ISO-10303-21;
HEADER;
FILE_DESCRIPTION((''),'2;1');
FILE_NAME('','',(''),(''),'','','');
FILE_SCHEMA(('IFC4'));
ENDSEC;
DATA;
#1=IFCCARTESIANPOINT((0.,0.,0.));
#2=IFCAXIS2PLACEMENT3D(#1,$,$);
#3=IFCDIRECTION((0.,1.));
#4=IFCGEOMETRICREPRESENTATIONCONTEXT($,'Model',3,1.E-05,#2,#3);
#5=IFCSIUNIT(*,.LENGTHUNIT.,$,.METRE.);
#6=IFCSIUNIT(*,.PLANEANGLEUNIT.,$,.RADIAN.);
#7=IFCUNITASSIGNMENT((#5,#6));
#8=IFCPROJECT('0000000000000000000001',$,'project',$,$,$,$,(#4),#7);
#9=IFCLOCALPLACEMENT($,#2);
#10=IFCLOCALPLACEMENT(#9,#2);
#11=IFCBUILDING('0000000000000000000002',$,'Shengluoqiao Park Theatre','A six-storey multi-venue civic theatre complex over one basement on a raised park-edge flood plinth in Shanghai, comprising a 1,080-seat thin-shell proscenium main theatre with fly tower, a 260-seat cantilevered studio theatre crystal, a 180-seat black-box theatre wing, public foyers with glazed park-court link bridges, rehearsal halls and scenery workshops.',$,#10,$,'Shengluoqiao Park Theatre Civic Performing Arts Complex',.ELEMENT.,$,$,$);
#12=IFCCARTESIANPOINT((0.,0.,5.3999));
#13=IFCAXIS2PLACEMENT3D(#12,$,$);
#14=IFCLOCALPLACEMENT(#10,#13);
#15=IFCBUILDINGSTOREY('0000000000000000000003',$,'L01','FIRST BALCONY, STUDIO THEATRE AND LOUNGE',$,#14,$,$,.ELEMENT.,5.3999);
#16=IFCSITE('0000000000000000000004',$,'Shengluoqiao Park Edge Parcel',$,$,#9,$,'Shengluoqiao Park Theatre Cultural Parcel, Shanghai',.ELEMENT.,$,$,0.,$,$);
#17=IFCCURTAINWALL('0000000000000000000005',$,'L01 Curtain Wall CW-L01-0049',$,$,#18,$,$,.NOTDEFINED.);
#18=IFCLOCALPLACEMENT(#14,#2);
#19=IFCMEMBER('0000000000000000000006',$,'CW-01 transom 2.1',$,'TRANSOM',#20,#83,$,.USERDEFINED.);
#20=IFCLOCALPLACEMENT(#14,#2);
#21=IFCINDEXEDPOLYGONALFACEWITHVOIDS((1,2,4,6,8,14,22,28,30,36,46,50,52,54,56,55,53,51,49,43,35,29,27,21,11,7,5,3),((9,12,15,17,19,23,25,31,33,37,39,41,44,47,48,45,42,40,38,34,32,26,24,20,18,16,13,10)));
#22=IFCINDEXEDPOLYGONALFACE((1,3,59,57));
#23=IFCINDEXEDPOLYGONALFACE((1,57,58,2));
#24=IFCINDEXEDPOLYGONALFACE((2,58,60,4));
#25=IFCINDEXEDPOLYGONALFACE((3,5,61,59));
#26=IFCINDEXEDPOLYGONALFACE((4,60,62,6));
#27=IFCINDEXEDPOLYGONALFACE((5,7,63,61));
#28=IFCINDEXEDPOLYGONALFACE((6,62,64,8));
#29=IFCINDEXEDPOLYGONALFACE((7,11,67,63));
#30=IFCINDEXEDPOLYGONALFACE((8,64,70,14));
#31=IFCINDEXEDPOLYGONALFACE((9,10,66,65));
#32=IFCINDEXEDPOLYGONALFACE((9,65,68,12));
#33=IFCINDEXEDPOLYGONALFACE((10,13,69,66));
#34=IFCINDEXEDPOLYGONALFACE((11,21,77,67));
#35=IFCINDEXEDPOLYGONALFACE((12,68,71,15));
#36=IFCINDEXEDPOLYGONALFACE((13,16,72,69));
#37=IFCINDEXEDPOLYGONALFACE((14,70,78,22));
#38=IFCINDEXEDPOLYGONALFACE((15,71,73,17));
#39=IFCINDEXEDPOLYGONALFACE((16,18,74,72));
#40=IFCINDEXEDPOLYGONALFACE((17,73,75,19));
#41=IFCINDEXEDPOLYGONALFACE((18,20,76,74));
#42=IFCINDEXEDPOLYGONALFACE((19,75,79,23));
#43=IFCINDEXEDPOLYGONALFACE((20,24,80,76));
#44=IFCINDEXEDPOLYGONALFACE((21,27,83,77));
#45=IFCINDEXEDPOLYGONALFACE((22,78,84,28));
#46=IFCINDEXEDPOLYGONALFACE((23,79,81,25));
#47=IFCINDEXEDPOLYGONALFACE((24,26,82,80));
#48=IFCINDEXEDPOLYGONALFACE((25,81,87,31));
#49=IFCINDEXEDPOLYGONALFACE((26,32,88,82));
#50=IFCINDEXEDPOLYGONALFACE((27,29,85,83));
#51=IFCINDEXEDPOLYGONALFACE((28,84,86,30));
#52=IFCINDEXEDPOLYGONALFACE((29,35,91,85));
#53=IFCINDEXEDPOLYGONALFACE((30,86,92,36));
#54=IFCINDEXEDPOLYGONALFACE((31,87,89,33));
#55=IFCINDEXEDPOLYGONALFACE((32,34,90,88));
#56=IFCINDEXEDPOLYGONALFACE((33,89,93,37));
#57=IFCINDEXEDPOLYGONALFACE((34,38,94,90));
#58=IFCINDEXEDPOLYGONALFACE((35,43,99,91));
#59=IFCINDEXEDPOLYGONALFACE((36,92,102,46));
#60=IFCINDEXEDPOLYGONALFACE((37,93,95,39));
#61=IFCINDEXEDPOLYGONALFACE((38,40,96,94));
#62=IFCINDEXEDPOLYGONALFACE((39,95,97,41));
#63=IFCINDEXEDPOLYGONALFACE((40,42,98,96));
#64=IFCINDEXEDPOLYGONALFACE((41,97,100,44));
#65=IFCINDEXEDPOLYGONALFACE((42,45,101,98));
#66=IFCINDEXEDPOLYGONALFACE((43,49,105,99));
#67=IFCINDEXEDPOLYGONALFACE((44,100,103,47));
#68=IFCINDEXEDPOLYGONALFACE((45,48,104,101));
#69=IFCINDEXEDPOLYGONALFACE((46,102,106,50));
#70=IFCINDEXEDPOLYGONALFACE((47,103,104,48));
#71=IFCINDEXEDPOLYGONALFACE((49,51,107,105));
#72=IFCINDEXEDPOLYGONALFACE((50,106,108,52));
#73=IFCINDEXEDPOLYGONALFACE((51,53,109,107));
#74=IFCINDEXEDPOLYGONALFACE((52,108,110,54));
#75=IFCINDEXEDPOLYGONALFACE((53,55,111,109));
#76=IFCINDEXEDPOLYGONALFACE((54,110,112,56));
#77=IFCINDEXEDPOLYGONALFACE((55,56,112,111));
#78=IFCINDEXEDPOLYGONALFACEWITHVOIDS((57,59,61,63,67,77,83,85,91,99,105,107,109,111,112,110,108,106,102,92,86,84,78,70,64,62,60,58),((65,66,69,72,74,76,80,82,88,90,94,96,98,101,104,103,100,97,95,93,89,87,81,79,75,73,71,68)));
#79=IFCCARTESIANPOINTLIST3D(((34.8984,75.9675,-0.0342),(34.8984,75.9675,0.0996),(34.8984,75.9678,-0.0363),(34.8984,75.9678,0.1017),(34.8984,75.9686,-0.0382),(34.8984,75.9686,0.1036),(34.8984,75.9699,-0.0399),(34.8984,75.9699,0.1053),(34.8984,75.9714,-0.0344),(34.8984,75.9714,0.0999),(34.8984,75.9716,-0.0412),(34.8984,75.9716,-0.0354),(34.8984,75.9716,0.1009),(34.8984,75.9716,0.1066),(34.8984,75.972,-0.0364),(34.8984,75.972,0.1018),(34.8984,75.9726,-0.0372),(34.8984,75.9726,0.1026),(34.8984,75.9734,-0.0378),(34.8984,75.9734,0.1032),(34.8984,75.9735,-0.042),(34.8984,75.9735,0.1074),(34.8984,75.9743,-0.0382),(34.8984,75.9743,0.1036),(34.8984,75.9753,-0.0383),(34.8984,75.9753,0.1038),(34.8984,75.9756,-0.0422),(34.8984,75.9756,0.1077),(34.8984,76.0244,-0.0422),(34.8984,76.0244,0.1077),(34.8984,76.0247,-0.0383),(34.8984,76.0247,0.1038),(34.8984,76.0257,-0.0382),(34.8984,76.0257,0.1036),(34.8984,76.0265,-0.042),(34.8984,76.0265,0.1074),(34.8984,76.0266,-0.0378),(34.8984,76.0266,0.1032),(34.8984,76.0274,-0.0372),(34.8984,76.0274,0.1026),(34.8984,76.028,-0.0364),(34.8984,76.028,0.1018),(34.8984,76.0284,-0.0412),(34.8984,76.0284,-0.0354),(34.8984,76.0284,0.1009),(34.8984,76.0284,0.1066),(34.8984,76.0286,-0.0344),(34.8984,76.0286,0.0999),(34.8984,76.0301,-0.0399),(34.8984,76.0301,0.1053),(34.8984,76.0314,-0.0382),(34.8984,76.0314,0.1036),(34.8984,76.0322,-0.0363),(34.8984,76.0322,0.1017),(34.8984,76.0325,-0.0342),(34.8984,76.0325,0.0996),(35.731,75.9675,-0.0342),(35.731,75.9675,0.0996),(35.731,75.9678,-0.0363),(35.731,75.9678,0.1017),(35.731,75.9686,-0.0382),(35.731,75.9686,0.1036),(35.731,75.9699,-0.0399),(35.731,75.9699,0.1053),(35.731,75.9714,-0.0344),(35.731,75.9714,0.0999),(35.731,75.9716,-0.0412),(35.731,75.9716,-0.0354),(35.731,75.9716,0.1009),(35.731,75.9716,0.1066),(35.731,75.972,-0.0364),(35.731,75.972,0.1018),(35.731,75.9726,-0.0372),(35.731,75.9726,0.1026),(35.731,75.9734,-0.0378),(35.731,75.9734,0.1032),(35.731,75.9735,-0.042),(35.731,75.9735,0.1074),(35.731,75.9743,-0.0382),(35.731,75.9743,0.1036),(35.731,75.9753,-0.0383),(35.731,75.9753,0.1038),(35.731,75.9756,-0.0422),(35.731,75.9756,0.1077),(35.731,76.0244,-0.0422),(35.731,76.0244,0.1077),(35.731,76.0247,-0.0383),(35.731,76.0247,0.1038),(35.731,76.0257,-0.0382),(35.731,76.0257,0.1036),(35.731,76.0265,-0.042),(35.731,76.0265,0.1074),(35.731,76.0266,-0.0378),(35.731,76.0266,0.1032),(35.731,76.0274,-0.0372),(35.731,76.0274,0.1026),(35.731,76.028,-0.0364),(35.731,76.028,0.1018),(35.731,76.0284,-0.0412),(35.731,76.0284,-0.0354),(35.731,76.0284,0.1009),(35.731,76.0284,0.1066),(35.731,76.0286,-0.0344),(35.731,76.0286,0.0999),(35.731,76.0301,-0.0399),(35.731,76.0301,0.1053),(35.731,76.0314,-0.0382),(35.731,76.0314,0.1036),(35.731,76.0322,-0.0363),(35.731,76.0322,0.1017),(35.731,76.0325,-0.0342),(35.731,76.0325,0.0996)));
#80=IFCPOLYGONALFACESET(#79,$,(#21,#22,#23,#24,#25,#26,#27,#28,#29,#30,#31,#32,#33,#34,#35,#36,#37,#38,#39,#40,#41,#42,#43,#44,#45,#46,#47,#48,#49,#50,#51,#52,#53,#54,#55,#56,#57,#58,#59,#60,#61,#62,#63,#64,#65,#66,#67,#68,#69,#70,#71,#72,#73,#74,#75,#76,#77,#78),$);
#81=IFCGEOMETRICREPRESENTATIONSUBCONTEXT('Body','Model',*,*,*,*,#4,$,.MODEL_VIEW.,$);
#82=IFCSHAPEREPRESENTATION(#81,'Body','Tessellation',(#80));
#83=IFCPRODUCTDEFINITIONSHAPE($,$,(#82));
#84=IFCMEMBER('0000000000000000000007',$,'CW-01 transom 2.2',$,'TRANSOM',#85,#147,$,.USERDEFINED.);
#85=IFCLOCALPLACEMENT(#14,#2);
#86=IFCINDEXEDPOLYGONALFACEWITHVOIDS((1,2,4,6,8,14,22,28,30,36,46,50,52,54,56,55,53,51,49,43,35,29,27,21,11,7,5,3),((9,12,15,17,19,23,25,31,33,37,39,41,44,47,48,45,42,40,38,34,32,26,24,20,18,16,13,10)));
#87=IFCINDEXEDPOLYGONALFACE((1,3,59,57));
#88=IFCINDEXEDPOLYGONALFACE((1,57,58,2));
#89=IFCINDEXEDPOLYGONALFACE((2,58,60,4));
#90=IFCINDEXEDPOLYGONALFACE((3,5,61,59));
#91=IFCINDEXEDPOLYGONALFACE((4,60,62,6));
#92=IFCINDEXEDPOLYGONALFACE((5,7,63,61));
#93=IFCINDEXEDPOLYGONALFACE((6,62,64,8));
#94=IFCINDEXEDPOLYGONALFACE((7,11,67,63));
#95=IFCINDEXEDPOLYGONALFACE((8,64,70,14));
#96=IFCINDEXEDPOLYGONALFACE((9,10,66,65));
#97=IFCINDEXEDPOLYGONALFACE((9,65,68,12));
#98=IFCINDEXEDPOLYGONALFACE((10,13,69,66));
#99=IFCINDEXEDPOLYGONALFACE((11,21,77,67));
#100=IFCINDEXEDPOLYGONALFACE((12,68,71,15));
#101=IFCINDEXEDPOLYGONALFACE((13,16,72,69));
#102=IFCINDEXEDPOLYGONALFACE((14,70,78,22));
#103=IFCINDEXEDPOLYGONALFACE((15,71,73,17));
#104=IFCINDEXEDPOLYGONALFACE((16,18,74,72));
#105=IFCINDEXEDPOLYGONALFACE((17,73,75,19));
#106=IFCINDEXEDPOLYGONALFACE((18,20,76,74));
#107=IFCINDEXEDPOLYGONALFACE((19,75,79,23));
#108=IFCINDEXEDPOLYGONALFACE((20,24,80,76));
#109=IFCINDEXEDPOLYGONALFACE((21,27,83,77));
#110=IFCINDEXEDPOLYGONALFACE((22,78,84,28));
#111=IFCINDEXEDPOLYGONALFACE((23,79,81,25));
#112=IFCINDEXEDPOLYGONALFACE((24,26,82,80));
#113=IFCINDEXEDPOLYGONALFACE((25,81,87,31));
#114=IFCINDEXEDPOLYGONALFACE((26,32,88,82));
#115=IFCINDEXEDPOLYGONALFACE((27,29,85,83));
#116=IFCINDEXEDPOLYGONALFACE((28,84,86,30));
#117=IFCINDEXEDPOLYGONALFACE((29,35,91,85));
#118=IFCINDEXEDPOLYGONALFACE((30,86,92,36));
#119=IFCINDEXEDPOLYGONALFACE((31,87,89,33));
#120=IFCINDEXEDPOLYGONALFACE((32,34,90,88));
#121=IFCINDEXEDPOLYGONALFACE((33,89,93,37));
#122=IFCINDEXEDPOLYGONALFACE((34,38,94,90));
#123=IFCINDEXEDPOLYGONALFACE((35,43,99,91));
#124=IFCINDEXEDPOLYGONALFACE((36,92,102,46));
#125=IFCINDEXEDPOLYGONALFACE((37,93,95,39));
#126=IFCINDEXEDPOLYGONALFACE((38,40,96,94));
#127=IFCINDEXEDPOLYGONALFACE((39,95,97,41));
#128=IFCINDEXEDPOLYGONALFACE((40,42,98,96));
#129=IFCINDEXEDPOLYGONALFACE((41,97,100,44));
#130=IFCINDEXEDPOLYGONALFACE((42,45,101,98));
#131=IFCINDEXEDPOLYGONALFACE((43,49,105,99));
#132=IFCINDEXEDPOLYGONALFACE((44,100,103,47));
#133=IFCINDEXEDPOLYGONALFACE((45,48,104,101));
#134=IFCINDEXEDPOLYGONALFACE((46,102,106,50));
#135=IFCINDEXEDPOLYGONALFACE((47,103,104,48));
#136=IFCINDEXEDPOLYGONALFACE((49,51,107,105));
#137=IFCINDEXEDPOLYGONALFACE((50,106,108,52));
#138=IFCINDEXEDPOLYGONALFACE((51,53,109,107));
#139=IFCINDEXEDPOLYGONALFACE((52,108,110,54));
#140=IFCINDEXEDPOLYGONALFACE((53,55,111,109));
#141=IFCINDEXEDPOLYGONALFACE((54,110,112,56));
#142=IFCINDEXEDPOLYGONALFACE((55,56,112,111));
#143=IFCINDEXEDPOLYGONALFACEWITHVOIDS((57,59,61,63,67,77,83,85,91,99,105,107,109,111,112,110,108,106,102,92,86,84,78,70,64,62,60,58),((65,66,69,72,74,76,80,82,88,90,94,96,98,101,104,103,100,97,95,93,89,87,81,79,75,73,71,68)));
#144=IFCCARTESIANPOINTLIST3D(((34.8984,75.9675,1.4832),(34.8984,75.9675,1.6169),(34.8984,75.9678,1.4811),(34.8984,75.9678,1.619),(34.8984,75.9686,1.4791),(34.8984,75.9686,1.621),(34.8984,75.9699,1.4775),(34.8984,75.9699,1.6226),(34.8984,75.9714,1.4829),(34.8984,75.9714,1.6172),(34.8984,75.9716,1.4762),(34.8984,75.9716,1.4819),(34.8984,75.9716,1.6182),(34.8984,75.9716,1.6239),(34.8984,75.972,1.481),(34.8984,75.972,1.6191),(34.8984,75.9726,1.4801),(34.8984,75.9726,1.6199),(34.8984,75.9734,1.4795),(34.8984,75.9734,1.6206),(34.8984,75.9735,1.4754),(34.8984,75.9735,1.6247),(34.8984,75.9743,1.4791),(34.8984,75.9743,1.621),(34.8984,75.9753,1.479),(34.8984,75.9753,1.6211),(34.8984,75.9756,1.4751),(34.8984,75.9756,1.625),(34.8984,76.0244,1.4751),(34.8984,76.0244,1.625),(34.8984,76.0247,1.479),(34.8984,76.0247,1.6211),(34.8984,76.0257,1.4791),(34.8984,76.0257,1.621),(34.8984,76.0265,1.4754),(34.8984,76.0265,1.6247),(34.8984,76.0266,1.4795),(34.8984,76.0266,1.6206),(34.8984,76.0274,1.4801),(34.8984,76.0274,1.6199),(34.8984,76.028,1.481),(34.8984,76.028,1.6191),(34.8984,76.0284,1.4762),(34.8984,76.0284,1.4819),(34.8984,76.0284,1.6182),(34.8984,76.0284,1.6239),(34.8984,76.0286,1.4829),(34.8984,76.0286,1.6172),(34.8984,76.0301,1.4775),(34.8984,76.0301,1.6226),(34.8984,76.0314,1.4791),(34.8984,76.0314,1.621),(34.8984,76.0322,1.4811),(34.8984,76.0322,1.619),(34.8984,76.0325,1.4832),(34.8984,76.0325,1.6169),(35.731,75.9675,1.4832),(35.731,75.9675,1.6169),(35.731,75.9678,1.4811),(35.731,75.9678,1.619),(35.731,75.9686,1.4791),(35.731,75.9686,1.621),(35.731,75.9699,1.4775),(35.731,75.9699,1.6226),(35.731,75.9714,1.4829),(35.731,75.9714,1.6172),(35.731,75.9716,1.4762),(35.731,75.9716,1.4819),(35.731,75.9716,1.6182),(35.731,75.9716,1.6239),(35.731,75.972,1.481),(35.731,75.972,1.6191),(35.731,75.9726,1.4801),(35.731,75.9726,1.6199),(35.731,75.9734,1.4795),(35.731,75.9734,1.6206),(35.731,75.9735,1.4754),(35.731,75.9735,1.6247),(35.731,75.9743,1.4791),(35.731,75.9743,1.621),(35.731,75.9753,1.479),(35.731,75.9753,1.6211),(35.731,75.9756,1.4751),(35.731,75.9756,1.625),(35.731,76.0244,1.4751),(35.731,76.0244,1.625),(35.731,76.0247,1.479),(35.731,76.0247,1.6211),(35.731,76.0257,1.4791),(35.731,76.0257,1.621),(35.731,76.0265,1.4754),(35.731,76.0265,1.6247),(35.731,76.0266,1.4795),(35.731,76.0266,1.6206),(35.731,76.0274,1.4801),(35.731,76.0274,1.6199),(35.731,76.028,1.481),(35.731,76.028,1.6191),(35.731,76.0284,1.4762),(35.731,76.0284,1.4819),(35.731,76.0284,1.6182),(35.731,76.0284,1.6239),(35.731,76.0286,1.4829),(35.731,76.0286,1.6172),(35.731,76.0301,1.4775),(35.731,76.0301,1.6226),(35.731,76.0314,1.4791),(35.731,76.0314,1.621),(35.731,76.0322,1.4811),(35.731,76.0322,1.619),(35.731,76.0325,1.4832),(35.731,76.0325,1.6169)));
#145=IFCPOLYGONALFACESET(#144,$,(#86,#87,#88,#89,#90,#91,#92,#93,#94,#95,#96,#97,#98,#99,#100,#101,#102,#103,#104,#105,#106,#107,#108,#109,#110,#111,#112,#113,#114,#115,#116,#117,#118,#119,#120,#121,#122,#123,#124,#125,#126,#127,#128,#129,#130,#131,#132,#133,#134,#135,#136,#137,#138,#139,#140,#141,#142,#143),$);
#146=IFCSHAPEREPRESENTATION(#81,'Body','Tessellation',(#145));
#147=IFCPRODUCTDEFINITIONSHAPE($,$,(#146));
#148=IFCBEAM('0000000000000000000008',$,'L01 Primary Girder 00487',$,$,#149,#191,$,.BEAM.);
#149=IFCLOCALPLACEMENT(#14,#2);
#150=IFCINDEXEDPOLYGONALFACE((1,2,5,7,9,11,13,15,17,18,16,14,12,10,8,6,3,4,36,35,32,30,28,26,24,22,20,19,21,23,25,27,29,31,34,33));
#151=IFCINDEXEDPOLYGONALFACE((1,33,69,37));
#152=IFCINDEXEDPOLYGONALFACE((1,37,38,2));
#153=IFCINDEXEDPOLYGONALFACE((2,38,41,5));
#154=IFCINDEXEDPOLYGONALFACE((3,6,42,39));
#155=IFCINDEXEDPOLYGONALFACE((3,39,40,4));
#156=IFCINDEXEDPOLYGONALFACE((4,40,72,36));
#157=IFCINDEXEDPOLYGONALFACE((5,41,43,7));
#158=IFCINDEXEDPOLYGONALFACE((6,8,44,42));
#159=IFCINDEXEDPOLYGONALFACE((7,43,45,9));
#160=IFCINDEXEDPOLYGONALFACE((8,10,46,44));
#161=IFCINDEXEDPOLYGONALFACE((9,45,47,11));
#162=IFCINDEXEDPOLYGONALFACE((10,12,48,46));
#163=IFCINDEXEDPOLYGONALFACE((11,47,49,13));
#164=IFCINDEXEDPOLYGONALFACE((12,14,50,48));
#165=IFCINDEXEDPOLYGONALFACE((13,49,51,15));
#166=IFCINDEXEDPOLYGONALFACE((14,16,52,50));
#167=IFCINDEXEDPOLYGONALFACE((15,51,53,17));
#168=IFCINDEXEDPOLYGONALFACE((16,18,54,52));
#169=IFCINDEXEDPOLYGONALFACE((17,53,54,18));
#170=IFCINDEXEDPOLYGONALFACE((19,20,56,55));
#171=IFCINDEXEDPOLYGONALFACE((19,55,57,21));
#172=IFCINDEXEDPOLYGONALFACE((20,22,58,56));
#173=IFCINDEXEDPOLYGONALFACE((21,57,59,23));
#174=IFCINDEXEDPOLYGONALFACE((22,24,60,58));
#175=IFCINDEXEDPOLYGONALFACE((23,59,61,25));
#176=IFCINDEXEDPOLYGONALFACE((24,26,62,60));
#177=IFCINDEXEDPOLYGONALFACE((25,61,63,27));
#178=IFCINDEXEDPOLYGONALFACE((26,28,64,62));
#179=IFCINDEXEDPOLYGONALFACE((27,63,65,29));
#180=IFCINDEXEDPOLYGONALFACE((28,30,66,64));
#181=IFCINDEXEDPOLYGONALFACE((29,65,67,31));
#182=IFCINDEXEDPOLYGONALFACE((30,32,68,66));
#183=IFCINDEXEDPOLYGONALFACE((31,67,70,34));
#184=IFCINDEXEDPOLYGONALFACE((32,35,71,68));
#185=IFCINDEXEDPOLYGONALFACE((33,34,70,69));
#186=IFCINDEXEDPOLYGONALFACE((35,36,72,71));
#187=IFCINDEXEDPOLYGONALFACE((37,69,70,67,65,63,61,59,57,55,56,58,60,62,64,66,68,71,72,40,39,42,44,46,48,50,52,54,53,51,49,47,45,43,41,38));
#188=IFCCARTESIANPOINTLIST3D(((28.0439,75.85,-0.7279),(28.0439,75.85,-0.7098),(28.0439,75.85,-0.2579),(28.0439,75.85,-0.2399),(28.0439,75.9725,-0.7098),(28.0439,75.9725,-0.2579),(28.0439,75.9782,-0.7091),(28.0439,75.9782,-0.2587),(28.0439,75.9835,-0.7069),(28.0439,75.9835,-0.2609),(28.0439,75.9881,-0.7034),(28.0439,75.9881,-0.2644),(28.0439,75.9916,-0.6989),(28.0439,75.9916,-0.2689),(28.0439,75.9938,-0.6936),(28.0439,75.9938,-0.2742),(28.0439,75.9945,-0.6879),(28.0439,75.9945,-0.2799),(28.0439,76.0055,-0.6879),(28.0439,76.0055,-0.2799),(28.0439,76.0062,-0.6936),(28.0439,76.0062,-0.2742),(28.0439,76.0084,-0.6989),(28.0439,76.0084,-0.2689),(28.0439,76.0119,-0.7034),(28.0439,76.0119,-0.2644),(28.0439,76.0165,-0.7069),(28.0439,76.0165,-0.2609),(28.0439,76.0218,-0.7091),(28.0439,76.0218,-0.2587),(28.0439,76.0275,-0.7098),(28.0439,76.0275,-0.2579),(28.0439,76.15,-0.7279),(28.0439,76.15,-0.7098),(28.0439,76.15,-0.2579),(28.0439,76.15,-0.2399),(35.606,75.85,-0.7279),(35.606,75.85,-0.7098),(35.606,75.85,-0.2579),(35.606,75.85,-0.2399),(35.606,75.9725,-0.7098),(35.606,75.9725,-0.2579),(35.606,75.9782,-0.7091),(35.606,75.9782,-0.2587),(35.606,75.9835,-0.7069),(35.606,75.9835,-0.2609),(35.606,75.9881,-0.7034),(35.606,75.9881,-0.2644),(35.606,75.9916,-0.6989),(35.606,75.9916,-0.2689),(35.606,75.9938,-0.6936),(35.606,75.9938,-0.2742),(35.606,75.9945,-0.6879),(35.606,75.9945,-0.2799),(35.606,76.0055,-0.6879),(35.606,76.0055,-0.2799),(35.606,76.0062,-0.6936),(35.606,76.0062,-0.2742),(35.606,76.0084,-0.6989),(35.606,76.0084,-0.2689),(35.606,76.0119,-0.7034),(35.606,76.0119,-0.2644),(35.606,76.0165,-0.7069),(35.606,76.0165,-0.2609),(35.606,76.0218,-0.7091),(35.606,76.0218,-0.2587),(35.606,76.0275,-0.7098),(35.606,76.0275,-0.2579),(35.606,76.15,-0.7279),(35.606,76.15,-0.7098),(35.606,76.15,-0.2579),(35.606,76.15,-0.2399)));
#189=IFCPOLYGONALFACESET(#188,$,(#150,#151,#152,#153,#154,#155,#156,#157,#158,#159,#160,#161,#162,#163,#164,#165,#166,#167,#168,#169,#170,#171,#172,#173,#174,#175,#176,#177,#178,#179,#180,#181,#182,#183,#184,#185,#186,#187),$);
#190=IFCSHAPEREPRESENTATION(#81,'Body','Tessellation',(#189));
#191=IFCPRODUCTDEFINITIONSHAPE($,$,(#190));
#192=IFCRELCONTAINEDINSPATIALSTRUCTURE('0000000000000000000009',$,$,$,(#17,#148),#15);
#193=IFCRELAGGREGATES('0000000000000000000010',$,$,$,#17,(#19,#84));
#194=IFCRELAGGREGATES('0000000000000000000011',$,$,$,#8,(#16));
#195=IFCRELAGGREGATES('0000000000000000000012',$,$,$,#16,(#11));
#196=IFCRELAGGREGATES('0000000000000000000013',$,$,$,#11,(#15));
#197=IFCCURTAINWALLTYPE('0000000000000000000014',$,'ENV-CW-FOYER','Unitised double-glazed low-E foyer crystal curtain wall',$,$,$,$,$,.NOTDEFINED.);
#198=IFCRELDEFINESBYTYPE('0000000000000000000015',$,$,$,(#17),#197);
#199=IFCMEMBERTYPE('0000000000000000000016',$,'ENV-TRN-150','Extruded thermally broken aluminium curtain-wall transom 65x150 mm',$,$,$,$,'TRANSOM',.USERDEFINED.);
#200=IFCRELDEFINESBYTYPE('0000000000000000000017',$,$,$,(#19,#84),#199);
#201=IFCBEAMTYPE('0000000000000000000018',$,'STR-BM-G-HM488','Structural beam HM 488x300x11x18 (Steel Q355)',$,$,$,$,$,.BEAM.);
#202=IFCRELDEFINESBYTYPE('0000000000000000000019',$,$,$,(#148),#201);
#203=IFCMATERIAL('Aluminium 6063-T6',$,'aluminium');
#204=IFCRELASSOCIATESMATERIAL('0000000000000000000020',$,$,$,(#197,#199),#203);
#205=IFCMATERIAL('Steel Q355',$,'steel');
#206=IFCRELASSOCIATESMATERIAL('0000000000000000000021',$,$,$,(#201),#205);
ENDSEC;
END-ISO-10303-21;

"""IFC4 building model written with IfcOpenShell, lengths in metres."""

from ifc_helpers import new_model, si_unit, direction, frame, origin, origin_2d, place, context, subcontext, project, spatial, hollow_rectangle, i_section, extrude, material, material_profile, profile_set, type_object, element, aggregate, save


model = new_model("IFC4")

# Units and contexts
model_context = context("Model", 3, precision=1e-05, world=origin(), true_north=direction((0.0, 1.0)))
body_context = subcontext(model_context, "Body", "Model", "MODEL_VIEW")
ifc_project = project(units=[si_unit("LENGTHUNIT", "METRE"), si_unit("PLANEANGLEUNIT", "RADIAN")], contexts=[model_context])

# Site, building, storey
site_placement = place(None, origin())
site = spatial("IfcSite", under=ifc_project, at=site_placement, Name="Shengluoqiao Park Edge Parcel", LongName="Shengluoqiao Park Theatre Cultural Parcel, Shanghai", CompositionType="ELEMENT", RefElevation=0.0)
building_placement = place(site_placement, origin())
building = spatial("IfcBuilding", under=site, at=building_placement, Name="Shengluoqiao Park Theatre", Description="A six-storey multi-venue civic theatre complex over one basement on a raised park-edge flood plinth in Shanghai, comprising a 1,080-seat thin-shell proscenium main theatre with fly tower, a 260-seat cantilevered studio theatre crystal, a 180-seat black-box theatre wing, public foyers with glazed park-court link bridges, rehearsal halls and scenery workshops.", LongName="Shengluoqiao Park Theatre Civic Performing Arts Complex", CompositionType="ELEMENT")
storey_placement = place(building_placement, frame((0.0, 0.0, 5.3999)))
storey = spatial("IfcBuildingStorey", under=building, at=storey_placement, Name="L01", Description="FIRST BALCONY, STUDIO THEATRE AND LOUNGE", CompositionType="ELEMENT", Elevation=5.3999)

# Shared definitions
ifc_material_1 = material(Name="Steel Q355", Category="steel")

# Curtain wall
ifc_material_2 = material(Name="Aluminium 6063-T6", Category="aluminium")
curtain_wall_type = type_object("IfcCurtainWallType", Name="ENV-CW-FOYER", Description="Unitised double-glazed low-E foyer crystal curtain wall", PredefinedType="NOTDEFINED", material=ifc_material_2)
curtain_wall_1_placement = place(storey_placement, origin())
curtain_wall_1 = element("IfcCurtainWall", 1, at=curtain_wall_1_placement, inside=storey, type_object=curtain_wall_type, Name="L01 Curtain Wall CW-L01-0049", PredefinedType="NOTDEFINED")

# Members
ifc_material_profile_1 = material_profile(ifc_material_2, hollow_rectangle(XDim=0.0649, YDim=0.1499, WallThickness=0.0039, InnerFilletRadius=0.0039, OuterFilletRadius=0.0081, at=origin_2d()), Name="ALU TRANSOM 150x65x4")
ifc_profile_set_1 = profile_set([ifc_material_profile_1], Name="Aluminium 6063-T6")
member_type_1 = type_object("IfcMemberType", Name="ENV-TRN-150", Description="Extruded thermally broken aluminium curtain-wall transom 65x150 mm", ElementType="TRANSOM", PredefinedType="USERDEFINED", material=ifc_profile_set_1)
member_1_placement = place(storey_placement, frame((34.8984, 76.0, 0.0327), z_axis=(1.0, 0.0, 0.0), x_axis=(0.0, 1.0, 0.0)))
member_1 = element("IfcMember", 2, at=member_1_placement, type_object=member_type_1, Name="CW-01 transom 2.1", ObjectType="TRANSOM", PredefinedType="USERDEFINED", context=body_context, shape_type="SweptSolid", body=[
    extrude(hollow_rectangle(XDim=0.0649, YDim=0.1499, WallThickness=0.0039, InnerFilletRadius=0.0039, OuterFilletRadius=0.0081, at=origin_2d()), origin(), (0.0, 0.0, 1.0), 0.8325),
])
member_2_placement = place(storey_placement, frame((34.8984, 76.0, 1.55), z_axis=(1.0, 0.0, 0.0), x_axis=(0.0, 1.0, 0.0)))
member_2 = element("IfcMember", 3, at=member_2_placement, type_object=member_type_1, Name="CW-01 transom 2.2", ObjectType="TRANSOM", PredefinedType="USERDEFINED", context=body_context, shape_type="SweptSolid", body=[
    extrude(hollow_rectangle(XDim=0.0649, YDim=0.1499, WallThickness=0.0039, InnerFilletRadius=0.0039, OuterFilletRadius=0.0081, at=origin_2d()), origin(), (0.0, 0.0, 1.0), 0.8325),
])

# Beam
ifc_material_profile_2 = material_profile(ifc_material_1, i_section(OverallWidth=0.3, OverallDepth=0.488, WebThickness=0.011, FlangeThickness=0.0181, FilletRadius=0.022, at=origin_2d()), Name="HM 488x300x11x18")
ifc_profile_set_2 = profile_set([ifc_material_profile_2], Name="Steel Q355")
beam_type = type_object("IfcBeamType", Name="STR-BM-G-HM488", Description="Structural beam HM 488x300x11x18 (Steel Q355)", PredefinedType="BEAM", material=ifc_profile_set_2)
beam_placement = place(storey_placement, frame((28.0439, 76.0, -0.4839), z_axis=(1.0, 0.0, 0.0), x_axis=(0.0, 1.0, 0.0)))
element("IfcBeam", 4, at=beam_placement, inside=storey, type_object=beam_type, Name="L01 Primary Girder 00487", PredefinedType="BEAM", context=body_context, shape_type="SweptSolid", body=[
    extrude(i_section(OverallWidth=0.3, OverallDepth=0.488, WebThickness=0.011, FlangeThickness=0.0181, FilletRadius=0.022, at=origin_2d()), origin(), (0.0, 0.0, 1.0), 7.562),
])

aggregate(curtain_wall_1, [member_1, member_2])

save(model, "model.ifc")
